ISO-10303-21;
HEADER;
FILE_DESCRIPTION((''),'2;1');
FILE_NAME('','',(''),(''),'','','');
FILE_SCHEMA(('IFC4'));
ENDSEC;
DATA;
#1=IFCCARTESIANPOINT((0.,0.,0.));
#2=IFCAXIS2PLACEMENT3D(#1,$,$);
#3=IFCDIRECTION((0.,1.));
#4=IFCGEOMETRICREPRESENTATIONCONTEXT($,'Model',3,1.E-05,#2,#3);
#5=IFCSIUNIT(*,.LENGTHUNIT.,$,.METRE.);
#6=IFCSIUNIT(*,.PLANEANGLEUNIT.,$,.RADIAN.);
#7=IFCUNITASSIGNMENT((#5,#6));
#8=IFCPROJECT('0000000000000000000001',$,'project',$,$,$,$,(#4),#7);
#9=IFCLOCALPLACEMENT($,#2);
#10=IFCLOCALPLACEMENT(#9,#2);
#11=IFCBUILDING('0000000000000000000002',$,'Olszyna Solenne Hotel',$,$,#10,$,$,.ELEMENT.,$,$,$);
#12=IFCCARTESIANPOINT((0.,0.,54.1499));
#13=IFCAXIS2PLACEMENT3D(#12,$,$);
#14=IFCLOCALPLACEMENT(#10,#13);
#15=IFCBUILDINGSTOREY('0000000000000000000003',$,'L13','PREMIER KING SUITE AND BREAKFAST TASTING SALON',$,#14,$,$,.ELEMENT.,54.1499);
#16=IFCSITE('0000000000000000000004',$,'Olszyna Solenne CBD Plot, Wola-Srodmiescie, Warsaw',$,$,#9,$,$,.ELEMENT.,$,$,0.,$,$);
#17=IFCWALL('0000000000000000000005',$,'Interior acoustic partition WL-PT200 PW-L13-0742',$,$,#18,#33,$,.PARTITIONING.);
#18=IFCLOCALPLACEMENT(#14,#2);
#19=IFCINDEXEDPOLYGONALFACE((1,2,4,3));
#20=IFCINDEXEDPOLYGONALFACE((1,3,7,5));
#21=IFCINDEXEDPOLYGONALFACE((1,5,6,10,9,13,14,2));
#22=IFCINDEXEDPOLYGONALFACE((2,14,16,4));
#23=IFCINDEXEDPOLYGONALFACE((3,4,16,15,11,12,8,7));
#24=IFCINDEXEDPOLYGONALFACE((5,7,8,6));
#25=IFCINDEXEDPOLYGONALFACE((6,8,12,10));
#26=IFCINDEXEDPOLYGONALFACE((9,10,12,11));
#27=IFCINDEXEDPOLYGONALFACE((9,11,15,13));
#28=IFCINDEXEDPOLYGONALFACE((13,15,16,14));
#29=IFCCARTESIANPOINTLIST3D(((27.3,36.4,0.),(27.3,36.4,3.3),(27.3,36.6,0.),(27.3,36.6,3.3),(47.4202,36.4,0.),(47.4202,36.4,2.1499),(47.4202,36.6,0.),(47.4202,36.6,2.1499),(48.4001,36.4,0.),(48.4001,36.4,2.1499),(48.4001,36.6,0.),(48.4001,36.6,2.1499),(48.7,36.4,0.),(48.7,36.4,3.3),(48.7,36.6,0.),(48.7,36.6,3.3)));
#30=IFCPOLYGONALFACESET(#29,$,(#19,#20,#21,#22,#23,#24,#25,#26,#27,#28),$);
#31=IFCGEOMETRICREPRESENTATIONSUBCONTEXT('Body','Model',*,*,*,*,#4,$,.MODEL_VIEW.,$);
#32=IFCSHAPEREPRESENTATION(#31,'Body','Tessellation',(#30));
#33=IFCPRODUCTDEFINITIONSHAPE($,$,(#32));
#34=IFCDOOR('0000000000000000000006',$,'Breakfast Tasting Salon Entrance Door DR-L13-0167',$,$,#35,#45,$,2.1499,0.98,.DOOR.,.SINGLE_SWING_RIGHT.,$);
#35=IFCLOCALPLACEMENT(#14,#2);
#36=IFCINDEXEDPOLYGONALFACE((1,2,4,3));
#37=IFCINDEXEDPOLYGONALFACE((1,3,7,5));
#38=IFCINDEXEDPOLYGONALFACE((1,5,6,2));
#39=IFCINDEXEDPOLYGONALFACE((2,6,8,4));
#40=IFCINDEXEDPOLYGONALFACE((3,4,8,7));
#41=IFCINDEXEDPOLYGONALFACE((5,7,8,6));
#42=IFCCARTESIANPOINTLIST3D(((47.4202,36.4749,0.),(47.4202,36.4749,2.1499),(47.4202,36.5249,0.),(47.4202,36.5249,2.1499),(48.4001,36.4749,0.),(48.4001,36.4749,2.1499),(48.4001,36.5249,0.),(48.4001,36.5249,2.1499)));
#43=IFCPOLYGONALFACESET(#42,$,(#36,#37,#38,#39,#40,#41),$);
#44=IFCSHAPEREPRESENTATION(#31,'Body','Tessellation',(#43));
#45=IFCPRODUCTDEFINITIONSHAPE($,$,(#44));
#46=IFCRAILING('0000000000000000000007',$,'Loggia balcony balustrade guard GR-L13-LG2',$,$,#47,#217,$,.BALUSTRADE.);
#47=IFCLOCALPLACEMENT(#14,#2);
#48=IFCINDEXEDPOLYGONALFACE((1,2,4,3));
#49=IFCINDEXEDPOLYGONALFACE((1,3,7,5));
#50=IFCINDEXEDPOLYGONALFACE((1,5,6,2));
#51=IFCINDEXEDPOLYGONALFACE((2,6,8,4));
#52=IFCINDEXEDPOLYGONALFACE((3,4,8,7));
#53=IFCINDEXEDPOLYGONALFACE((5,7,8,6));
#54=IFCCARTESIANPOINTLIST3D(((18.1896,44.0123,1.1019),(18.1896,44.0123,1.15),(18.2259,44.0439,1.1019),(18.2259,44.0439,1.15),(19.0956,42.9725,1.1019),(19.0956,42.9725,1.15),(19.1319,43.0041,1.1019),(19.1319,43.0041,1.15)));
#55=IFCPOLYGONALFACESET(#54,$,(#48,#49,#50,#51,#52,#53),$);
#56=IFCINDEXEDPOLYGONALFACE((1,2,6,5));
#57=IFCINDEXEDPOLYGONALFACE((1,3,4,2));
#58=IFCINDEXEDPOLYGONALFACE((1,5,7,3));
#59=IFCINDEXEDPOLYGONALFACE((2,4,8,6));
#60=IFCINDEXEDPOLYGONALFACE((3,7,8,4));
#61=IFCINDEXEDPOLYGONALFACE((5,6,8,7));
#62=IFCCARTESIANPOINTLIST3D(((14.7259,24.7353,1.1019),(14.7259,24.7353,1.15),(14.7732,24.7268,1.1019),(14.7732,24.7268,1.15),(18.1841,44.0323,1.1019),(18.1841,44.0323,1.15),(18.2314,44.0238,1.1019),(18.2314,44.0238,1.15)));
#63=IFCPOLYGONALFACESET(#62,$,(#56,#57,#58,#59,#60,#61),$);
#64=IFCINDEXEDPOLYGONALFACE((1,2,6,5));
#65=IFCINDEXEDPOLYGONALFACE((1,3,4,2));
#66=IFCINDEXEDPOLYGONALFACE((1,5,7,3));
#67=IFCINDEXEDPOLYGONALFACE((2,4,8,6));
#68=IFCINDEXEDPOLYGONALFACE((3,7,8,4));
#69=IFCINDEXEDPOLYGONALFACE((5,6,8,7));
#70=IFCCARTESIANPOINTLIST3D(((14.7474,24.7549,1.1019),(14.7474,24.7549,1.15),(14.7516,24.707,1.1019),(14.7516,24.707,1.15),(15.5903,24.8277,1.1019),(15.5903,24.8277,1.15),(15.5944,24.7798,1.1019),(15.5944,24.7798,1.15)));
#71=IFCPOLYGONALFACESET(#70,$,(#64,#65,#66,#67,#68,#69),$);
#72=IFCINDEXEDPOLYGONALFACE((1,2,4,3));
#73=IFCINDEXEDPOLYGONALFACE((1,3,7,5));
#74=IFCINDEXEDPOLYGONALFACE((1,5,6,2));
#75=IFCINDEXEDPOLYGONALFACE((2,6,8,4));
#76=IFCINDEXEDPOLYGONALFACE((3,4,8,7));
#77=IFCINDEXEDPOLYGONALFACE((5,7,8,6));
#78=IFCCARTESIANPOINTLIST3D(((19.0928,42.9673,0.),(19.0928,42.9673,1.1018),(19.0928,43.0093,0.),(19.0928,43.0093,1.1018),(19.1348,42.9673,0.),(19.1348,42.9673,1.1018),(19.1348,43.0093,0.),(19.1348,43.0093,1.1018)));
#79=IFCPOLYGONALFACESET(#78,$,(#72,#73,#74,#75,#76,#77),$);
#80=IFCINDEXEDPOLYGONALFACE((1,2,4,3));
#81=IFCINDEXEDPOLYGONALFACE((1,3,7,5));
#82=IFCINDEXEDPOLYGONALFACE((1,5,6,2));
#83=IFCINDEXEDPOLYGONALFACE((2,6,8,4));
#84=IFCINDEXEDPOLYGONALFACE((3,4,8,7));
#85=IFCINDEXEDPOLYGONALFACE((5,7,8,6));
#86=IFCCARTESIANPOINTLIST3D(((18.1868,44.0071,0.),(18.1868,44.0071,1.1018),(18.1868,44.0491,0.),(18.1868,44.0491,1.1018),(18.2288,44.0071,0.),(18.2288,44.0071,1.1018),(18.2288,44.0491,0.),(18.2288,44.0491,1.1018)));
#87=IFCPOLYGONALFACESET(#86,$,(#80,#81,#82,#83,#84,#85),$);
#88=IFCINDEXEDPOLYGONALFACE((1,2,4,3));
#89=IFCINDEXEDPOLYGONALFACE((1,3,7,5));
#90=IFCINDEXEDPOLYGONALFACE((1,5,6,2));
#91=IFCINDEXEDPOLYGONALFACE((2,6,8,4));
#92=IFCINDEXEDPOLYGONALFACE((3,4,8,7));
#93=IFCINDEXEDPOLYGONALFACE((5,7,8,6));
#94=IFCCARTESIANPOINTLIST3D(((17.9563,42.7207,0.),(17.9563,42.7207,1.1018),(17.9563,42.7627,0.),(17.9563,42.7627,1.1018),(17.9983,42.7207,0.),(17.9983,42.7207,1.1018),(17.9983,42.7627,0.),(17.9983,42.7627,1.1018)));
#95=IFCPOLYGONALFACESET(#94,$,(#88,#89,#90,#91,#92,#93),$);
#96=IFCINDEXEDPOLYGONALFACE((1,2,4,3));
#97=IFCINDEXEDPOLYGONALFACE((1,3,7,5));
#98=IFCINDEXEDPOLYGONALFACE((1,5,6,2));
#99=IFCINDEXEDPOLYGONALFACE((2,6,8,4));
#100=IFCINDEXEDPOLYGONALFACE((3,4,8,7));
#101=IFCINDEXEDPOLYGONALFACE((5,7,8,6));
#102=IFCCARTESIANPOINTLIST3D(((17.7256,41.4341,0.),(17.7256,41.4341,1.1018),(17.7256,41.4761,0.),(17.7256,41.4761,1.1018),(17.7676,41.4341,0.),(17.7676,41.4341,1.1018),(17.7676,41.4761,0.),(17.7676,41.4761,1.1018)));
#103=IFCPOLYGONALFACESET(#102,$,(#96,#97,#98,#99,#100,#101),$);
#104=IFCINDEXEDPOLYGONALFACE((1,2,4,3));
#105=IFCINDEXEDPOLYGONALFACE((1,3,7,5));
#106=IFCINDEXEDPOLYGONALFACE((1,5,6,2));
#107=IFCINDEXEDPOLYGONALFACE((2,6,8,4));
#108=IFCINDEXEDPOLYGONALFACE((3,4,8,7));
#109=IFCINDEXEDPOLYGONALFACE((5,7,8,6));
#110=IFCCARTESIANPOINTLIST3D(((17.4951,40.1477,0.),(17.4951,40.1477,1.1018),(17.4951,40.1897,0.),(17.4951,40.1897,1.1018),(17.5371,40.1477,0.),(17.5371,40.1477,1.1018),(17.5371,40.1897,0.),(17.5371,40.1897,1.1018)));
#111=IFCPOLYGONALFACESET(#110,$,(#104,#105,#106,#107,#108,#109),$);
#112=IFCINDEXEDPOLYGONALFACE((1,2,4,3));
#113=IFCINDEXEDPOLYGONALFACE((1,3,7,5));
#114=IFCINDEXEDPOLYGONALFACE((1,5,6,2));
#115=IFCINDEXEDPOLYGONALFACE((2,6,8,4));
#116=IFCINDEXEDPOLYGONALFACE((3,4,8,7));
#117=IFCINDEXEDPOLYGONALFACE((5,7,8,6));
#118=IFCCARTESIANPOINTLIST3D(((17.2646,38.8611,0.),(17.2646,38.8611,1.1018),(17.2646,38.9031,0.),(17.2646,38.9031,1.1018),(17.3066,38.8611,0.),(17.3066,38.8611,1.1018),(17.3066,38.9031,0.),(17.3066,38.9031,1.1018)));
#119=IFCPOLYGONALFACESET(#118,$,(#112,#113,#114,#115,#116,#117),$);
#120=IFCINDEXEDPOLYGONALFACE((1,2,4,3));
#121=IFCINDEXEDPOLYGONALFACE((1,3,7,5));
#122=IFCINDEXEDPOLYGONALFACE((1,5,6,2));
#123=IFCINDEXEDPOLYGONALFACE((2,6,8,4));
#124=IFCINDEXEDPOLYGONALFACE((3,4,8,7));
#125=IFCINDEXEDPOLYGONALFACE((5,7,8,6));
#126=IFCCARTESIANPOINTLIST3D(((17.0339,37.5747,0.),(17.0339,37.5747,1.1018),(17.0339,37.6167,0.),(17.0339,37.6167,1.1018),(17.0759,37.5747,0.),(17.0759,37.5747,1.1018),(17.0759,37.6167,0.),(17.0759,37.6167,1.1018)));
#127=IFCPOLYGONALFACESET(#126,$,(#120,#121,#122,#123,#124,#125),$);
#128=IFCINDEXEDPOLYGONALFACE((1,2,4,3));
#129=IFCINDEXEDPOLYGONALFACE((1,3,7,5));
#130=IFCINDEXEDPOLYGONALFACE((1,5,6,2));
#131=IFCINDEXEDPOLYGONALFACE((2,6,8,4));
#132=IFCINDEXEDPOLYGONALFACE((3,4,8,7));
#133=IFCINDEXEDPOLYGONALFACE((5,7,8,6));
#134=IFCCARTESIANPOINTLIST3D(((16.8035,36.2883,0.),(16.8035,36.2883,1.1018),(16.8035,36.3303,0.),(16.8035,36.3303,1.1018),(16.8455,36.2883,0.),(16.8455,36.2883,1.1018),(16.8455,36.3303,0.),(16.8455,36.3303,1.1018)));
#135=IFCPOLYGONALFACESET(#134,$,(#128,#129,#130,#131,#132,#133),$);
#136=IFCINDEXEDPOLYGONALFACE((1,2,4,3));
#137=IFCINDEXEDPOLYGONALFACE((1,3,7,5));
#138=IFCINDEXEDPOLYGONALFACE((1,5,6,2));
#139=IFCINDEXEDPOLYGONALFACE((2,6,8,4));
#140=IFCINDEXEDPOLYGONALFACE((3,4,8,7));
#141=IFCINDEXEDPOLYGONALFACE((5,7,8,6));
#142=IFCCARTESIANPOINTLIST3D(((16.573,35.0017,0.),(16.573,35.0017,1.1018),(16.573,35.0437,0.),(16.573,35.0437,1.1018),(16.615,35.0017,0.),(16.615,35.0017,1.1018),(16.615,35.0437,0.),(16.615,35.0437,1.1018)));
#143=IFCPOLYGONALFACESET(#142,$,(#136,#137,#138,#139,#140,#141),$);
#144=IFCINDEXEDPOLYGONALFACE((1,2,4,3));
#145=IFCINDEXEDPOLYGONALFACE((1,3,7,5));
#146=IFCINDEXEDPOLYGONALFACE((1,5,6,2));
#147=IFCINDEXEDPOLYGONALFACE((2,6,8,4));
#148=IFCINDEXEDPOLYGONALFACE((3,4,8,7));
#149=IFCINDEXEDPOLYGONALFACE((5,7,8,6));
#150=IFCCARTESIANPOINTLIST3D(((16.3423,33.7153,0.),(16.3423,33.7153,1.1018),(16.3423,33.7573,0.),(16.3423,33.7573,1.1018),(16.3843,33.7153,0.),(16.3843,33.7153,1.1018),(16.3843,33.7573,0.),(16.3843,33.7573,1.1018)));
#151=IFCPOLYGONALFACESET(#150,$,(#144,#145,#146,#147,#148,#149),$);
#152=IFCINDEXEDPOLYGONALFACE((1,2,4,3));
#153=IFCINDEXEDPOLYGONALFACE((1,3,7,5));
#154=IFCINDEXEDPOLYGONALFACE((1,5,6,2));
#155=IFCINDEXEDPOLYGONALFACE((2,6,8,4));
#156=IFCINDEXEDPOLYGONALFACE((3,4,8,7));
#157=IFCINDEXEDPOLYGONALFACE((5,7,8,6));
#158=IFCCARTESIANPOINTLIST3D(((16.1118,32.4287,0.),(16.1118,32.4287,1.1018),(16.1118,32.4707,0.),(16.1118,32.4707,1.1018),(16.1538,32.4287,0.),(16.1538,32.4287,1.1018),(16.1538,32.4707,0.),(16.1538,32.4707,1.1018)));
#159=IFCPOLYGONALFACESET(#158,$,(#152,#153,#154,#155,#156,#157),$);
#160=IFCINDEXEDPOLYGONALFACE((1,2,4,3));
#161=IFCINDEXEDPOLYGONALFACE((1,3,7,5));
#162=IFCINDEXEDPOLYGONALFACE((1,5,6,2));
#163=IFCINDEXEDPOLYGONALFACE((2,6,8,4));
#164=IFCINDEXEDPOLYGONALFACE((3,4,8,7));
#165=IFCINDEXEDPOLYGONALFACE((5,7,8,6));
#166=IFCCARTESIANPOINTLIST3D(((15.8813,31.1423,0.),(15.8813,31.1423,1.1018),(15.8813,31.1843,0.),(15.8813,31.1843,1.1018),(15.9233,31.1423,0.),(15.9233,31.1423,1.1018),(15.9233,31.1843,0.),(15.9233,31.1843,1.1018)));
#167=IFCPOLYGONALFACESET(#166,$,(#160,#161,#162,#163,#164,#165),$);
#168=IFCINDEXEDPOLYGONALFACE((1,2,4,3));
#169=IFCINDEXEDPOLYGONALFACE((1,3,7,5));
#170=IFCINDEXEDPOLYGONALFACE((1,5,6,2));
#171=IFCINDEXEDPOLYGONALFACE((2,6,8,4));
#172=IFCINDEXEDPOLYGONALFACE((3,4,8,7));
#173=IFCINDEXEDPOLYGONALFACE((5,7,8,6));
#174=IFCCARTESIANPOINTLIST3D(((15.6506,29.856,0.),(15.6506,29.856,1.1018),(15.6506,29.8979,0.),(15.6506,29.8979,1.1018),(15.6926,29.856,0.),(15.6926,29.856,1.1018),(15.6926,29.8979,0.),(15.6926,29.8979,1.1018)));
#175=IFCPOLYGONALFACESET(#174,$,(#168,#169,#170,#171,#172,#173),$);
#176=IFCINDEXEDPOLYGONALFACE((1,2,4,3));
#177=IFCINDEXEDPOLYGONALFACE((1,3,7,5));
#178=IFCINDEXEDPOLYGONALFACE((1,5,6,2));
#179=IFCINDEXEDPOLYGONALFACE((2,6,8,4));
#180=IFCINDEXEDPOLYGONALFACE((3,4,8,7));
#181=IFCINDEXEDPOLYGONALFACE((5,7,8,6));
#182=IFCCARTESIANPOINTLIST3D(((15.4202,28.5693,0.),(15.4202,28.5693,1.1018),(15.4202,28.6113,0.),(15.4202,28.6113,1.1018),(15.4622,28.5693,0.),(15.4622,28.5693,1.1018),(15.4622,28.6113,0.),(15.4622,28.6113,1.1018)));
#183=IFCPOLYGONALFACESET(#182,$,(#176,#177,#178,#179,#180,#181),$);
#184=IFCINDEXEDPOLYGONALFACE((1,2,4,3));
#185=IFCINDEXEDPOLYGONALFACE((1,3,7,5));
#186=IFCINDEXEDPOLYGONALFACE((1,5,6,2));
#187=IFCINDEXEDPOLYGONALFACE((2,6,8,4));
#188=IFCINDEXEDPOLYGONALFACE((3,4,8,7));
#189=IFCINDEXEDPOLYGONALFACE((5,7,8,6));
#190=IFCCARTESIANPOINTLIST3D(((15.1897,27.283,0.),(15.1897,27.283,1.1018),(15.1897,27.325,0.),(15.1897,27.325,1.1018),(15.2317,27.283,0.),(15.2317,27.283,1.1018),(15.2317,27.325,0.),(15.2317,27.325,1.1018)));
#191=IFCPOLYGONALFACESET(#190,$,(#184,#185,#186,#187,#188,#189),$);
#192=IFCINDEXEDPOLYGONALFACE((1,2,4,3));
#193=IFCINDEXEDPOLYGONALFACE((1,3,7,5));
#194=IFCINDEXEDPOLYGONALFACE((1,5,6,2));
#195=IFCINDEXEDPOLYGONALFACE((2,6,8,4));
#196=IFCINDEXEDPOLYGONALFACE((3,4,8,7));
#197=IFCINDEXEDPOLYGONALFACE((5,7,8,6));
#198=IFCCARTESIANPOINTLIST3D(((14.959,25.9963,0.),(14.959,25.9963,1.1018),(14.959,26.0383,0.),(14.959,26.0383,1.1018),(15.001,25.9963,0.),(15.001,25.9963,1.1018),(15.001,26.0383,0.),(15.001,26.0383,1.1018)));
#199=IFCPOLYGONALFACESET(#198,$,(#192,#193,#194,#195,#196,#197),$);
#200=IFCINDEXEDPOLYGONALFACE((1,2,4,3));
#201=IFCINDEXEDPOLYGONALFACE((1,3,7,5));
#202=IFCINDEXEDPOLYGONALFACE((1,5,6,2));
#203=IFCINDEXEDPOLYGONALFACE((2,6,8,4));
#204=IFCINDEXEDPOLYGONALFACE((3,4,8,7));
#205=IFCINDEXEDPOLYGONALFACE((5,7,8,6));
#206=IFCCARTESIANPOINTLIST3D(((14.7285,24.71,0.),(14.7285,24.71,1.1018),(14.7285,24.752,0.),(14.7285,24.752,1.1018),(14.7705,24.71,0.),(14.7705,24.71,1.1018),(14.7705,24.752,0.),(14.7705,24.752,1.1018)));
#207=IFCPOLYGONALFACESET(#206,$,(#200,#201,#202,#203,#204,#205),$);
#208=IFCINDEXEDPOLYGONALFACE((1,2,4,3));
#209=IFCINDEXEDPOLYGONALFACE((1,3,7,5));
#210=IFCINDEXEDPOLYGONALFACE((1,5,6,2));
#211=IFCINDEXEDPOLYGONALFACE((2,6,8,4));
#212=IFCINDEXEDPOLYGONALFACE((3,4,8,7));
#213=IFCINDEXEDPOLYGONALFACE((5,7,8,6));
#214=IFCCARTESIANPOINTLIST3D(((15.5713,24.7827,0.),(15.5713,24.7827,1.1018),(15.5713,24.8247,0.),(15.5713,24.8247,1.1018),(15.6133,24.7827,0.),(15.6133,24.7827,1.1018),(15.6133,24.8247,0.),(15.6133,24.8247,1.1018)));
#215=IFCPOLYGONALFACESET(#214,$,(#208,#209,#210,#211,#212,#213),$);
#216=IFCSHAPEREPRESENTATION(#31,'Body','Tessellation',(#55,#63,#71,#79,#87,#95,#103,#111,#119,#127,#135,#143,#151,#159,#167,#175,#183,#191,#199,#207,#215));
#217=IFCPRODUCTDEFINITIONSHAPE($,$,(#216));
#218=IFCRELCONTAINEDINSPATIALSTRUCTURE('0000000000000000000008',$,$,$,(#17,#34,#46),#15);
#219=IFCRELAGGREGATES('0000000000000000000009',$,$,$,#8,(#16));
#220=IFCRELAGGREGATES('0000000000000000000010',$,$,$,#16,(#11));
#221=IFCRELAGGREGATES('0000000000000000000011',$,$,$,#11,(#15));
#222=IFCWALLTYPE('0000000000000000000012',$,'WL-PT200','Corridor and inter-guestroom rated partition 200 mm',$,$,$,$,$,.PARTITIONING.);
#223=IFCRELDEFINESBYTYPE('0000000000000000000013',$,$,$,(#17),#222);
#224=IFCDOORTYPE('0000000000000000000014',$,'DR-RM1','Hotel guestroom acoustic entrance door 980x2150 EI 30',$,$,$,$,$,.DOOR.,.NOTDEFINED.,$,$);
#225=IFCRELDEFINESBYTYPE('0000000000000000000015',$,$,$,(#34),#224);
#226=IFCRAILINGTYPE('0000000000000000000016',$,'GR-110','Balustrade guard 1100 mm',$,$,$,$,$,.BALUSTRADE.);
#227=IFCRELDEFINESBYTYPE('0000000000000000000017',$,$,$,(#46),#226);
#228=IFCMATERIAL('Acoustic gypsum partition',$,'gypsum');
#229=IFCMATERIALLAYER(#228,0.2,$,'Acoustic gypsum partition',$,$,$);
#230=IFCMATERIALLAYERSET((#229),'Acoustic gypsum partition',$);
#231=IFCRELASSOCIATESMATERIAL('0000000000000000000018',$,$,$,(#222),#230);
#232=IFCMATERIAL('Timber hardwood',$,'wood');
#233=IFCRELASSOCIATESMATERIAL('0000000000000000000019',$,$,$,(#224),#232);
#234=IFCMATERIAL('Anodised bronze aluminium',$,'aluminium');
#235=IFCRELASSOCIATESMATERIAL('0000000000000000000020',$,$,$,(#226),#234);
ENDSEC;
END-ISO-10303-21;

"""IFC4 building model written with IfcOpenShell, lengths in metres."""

from ifc_helpers import new_model, si_unit, direction, frame, frame_2d, origin, origin_2d, place, context, subcontext, project, spatial, rectangle, extrude, source, transform, mapped, material, layer, layer_set, type_object, type_shapes, element, fill, save


model = new_model("IFC4")

# Units and contexts
model_context = context("Model", 3, precision=1e-05, world=origin(), true_north=direction((0.0, 1.0)))
body_context = subcontext(model_context, "Body", "Model", "MODEL_VIEW")
ifc_project = project(units=[si_unit("LENGTHUNIT", "METRE"), si_unit("PLANEANGLEUNIT", "RADIAN")], contexts=[model_context])

# Site, building, storey
site_placement = place(None, origin())
site = spatial("IfcSite", under=ifc_project, at=site_placement, Name="Olszyna Solenne CBD Plot, Wola-Srodmiescie, Warsaw", CompositionType="ELEMENT", RefElevation=0.0)
building_placement = place(site_placement, origin())
building = spatial("IfcBuilding", under=site, at=building_placement, Name="Olszyna Solenne Hotel", CompositionType="ELEMENT")
storey_placement = place(building_placement, frame((0.0, 0.0, 54.1499)))
storey = spatial("IfcBuildingStorey", under=building, at=storey_placement, Name="L13", Description="PREMIER KING SUITE AND BREAKFAST TASTING SALON", CompositionType="ELEMENT", Elevation=54.1499)

# Shared definitions
ifc_material_1 = material(Name="Anodised bronze aluminium", Category="aluminium")

# Shared definitions
ifc_material_2 = material(Name="Acoustic gypsum partition", Category="gypsum")
ifc_material_3 = material(Name="Timber hardwood", Category="wood")

# Wall, opening, door
ifc_layer_1 = layer(ifc_material_2, 0.2, Name="Acoustic gypsum partition")
ifc_layer_set_1 = layer_set([ifc_layer_1], Name="Acoustic gypsum partition")
wall_type_1 = type_object("IfcWallType", Name="WL-PT200", Description="Corridor and inter-guestroom rated partition 200 mm", PredefinedType="PARTITIONING", material=ifc_layer_set_1)
wall_1_placement = place(storey_placement, frame((27.3, 36.5, 0.0), z_axis=(0.0, 0.0, 1.0), x_axis=(1.0, 0.0, 0.0)))
wall_1 = element("IfcWall", 1, at=wall_1_placement, inside=storey, type_object=wall_type_1, Name="Interior acoustic partition WL-PT200 PW-L13-0742", PredefinedType="PARTITIONING", context=body_context, shape_type="SweptSolid", body=[
    extrude(rectangle(XDim=21.3999, YDim=0.2, at=frame_2d((10.7, 0.0))), origin(), (0.0, 0.0, 1.0), 3.3),
])
opening_1_placement = place(wall_1_placement, frame((20.1201, 0.0, 0.0)))
opening_1 = element("IfcOpeningElement", 2, at=opening_1_placement, cuts=wall_1, PredefinedType="OPENING", context=body_context, shape_type="SweptSolid", body=[
    extrude(rectangle(XDim=0.98, YDim=2.1499, at=frame_2d((0.49, 1.075))), frame((0.0, 0.1099, 0.0), z_axis=(0.0, -1.0, 0.0), x_axis=(1.0, 0.0, 0.0)), (0.0, 0.0, 1.0), 0.22),
])
door_type_1 = type_object("IfcDoorType", Name="DR-RM1", Description="Hotel guestroom acoustic entrance door 980x2150 EI 30", OperationType="NOTDEFINED", PredefinedType="DOOR", material=ifc_material_3)
shared_shape_1 = source(origin(), body_context, "Body", "SweptSolid", [
    extrude(rectangle(XDim=0.98, YDim=2.1499, at=frame_2d((0.49, 1.075))), frame((0.0, 0.0249, 0.0), z_axis=(0.0, -1.0, 0.0), x_axis=(1.0, 0.0, 0.0)), (0.0, 0.0, 1.0), 0.05),
])
type_shapes(door_type_1, [shared_shape_1])
door_1_placement = place(opening_1_placement, origin())
door_1 = element("IfcDoor", 3, at=door_1_placement, inside=storey, type_object=door_type_1, Name="Breakfast Tasting Salon Entrance Door DR-L13-0167", OperationType="SINGLE_SWING_RIGHT", OverallHeight=2.1499, OverallWidth=0.98, PredefinedType="DOOR", context=body_context, shape_type="MappedRepresentation", body=[
    mapped(shared_shape_1, transform((0.0, 0.0, 0.0), x_axis=(1.0, 0.0, 0.0), y_axis=(0.0, 1.0, 0.0), z_axis=(0.0, 0.0, 1.0), scale=1.0)),
])
fill(opening_1, door_1)

# Railing
railing_type = type_object("IfcRailingType", Name="GR-110", Description="Balustrade guard 1100 mm", PredefinedType="BALUSTRADE", material=ifc_material_1)
railing_placement = place(storey_placement, frame((19.1138, 42.9883, 0.0)))
element("IfcRailing", 4, at=railing_placement, inside=storey, type_object=railing_type, Name="Loggia balcony balustrade guard GR-L13-LG2", PredefinedType="BALUSTRADE", context=body_context, shape_type="SweptSolid", body=[
    extrude(rectangle(XDim=0.0481, YDim=0.0481, at=origin_2d()), frame((0.0, 0.0, 1.126), z_axis=(-0.656937, 0.753946, 0.0), x_axis=(-0.753946, -0.656937, 0.0)), (0.0, 0.0, 1.0), 1.3792),
    extrude(rectangle(XDim=0.0481, YDim=0.0481, at=origin_2d()), frame((-0.906, 1.0398, 1.126), z_axis=(-0.1764, -0.984318, 0.0), x_axis=(0.984318, -0.1764, 0.0)), (0.0, 0.0, 1.0), 19.6045),
    extrude(rectangle(XDim=0.0481, YDim=0.0481, at=origin_2d()), frame((-4.3643, -18.2573, 1.126), z_axis=(0.996295, 0.086007, 0.0), x_axis=(-0.086007, 0.996295, 0.0)), (0.0, 0.0, 1.0), 0.8459),
    extrude(rectangle(XDim=0.042, YDim=0.042, at=origin_2d()), origin(), (0.0, 0.0, 1.0), 1.1018),
    extrude(rectangle(XDim=0.042, YDim=0.042, at=origin_2d()), frame((-0.906, 1.0398, 0.0)), (0.0, 0.0, 1.0), 1.1018),
    extrude(rectangle(XDim=0.042, YDim=0.042, at=origin_2d()), frame((-1.1365, -0.2466, 0.0)), (0.0, 0.0, 1.0), 1.1018),
    extrude(rectangle(XDim=0.042, YDim=0.042, at=origin_2d()), frame((-1.3672, -1.5332, 0.0)), (0.0, 0.0, 1.0), 1.1018),
    extrude(rectangle(XDim=0.042, YDim=0.042, at=origin_2d()), frame((-1.5977, -2.8196, 0.0)), (0.0, 0.0, 1.0), 1.1018),
    extrude(rectangle(XDim=0.042, YDim=0.042, at=origin_2d()), frame((-1.8281, -4.1062, 0.0)), (0.0, 0.0, 1.0), 1.1018),
    extrude(rectangle(XDim=0.042, YDim=0.042, at=origin_2d()), frame((-2.0588, -5.3926, 0.0)), (0.0, 0.0, 1.0), 1.1018),
    extrude(rectangle(XDim=0.042, YDim=0.042, at=origin_2d()), frame((-2.2893, -6.679, 0.0)), (0.0, 0.0, 1.0), 1.1018),
    extrude(rectangle(XDim=0.042, YDim=0.042, at=origin_2d()), frame((-2.5198, -7.9656, 0.0)), (0.0, 0.0, 1.0), 1.1018),
    extrude(rectangle(XDim=0.042, YDim=0.042, at=origin_2d()), frame((-2.7505, -9.252, 0.0)), (0.0, 0.0, 1.0), 1.1018),
    extrude(rectangle(XDim=0.042, YDim=0.042, at=origin_2d()), frame((-2.981, -10.5386, 0.0)), (0.0, 0.0, 1.0), 1.1018),
    extrude(rectangle(XDim=0.042, YDim=0.042, at=origin_2d()), frame((-3.2114, -11.825, 0.0)), (0.0, 0.0, 1.0), 1.1018),
    extrude(rectangle(XDim=0.042, YDim=0.042, at=origin_2d()), frame((-3.4421, -13.1113, 0.0)), (0.0, 0.0, 1.0), 1.1018),
    extrude(rectangle(XDim=0.042, YDim=0.042, at=origin_2d()), frame((-3.6726, -14.3979, 0.0)), (0.0, 0.0, 1.0), 1.1018),
    extrude(rectangle(XDim=0.042, YDim=0.042, at=origin_2d()), frame((-3.9031, -15.6843, 0.0)), (0.0, 0.0, 1.0), 1.1018),
    extrude(rectangle(XDim=0.042, YDim=0.042, at=origin_2d()), frame((-4.1338, -16.9709, 0.0)), (0.0, 0.0, 1.0), 1.1018),
    extrude(rectangle(XDim=0.042, YDim=0.042, at=origin_2d()), frame((-4.3643, -18.2573, 0.0)), (0.0, 0.0, 1.0), 1.1018),
    extrude(rectangle(XDim=0.042, YDim=0.042, at=origin_2d()), frame((-3.5215, -18.1846, 0.0)), (0.0, 0.0, 1.0), 1.1018),
])

save(model, "model.ifc")
